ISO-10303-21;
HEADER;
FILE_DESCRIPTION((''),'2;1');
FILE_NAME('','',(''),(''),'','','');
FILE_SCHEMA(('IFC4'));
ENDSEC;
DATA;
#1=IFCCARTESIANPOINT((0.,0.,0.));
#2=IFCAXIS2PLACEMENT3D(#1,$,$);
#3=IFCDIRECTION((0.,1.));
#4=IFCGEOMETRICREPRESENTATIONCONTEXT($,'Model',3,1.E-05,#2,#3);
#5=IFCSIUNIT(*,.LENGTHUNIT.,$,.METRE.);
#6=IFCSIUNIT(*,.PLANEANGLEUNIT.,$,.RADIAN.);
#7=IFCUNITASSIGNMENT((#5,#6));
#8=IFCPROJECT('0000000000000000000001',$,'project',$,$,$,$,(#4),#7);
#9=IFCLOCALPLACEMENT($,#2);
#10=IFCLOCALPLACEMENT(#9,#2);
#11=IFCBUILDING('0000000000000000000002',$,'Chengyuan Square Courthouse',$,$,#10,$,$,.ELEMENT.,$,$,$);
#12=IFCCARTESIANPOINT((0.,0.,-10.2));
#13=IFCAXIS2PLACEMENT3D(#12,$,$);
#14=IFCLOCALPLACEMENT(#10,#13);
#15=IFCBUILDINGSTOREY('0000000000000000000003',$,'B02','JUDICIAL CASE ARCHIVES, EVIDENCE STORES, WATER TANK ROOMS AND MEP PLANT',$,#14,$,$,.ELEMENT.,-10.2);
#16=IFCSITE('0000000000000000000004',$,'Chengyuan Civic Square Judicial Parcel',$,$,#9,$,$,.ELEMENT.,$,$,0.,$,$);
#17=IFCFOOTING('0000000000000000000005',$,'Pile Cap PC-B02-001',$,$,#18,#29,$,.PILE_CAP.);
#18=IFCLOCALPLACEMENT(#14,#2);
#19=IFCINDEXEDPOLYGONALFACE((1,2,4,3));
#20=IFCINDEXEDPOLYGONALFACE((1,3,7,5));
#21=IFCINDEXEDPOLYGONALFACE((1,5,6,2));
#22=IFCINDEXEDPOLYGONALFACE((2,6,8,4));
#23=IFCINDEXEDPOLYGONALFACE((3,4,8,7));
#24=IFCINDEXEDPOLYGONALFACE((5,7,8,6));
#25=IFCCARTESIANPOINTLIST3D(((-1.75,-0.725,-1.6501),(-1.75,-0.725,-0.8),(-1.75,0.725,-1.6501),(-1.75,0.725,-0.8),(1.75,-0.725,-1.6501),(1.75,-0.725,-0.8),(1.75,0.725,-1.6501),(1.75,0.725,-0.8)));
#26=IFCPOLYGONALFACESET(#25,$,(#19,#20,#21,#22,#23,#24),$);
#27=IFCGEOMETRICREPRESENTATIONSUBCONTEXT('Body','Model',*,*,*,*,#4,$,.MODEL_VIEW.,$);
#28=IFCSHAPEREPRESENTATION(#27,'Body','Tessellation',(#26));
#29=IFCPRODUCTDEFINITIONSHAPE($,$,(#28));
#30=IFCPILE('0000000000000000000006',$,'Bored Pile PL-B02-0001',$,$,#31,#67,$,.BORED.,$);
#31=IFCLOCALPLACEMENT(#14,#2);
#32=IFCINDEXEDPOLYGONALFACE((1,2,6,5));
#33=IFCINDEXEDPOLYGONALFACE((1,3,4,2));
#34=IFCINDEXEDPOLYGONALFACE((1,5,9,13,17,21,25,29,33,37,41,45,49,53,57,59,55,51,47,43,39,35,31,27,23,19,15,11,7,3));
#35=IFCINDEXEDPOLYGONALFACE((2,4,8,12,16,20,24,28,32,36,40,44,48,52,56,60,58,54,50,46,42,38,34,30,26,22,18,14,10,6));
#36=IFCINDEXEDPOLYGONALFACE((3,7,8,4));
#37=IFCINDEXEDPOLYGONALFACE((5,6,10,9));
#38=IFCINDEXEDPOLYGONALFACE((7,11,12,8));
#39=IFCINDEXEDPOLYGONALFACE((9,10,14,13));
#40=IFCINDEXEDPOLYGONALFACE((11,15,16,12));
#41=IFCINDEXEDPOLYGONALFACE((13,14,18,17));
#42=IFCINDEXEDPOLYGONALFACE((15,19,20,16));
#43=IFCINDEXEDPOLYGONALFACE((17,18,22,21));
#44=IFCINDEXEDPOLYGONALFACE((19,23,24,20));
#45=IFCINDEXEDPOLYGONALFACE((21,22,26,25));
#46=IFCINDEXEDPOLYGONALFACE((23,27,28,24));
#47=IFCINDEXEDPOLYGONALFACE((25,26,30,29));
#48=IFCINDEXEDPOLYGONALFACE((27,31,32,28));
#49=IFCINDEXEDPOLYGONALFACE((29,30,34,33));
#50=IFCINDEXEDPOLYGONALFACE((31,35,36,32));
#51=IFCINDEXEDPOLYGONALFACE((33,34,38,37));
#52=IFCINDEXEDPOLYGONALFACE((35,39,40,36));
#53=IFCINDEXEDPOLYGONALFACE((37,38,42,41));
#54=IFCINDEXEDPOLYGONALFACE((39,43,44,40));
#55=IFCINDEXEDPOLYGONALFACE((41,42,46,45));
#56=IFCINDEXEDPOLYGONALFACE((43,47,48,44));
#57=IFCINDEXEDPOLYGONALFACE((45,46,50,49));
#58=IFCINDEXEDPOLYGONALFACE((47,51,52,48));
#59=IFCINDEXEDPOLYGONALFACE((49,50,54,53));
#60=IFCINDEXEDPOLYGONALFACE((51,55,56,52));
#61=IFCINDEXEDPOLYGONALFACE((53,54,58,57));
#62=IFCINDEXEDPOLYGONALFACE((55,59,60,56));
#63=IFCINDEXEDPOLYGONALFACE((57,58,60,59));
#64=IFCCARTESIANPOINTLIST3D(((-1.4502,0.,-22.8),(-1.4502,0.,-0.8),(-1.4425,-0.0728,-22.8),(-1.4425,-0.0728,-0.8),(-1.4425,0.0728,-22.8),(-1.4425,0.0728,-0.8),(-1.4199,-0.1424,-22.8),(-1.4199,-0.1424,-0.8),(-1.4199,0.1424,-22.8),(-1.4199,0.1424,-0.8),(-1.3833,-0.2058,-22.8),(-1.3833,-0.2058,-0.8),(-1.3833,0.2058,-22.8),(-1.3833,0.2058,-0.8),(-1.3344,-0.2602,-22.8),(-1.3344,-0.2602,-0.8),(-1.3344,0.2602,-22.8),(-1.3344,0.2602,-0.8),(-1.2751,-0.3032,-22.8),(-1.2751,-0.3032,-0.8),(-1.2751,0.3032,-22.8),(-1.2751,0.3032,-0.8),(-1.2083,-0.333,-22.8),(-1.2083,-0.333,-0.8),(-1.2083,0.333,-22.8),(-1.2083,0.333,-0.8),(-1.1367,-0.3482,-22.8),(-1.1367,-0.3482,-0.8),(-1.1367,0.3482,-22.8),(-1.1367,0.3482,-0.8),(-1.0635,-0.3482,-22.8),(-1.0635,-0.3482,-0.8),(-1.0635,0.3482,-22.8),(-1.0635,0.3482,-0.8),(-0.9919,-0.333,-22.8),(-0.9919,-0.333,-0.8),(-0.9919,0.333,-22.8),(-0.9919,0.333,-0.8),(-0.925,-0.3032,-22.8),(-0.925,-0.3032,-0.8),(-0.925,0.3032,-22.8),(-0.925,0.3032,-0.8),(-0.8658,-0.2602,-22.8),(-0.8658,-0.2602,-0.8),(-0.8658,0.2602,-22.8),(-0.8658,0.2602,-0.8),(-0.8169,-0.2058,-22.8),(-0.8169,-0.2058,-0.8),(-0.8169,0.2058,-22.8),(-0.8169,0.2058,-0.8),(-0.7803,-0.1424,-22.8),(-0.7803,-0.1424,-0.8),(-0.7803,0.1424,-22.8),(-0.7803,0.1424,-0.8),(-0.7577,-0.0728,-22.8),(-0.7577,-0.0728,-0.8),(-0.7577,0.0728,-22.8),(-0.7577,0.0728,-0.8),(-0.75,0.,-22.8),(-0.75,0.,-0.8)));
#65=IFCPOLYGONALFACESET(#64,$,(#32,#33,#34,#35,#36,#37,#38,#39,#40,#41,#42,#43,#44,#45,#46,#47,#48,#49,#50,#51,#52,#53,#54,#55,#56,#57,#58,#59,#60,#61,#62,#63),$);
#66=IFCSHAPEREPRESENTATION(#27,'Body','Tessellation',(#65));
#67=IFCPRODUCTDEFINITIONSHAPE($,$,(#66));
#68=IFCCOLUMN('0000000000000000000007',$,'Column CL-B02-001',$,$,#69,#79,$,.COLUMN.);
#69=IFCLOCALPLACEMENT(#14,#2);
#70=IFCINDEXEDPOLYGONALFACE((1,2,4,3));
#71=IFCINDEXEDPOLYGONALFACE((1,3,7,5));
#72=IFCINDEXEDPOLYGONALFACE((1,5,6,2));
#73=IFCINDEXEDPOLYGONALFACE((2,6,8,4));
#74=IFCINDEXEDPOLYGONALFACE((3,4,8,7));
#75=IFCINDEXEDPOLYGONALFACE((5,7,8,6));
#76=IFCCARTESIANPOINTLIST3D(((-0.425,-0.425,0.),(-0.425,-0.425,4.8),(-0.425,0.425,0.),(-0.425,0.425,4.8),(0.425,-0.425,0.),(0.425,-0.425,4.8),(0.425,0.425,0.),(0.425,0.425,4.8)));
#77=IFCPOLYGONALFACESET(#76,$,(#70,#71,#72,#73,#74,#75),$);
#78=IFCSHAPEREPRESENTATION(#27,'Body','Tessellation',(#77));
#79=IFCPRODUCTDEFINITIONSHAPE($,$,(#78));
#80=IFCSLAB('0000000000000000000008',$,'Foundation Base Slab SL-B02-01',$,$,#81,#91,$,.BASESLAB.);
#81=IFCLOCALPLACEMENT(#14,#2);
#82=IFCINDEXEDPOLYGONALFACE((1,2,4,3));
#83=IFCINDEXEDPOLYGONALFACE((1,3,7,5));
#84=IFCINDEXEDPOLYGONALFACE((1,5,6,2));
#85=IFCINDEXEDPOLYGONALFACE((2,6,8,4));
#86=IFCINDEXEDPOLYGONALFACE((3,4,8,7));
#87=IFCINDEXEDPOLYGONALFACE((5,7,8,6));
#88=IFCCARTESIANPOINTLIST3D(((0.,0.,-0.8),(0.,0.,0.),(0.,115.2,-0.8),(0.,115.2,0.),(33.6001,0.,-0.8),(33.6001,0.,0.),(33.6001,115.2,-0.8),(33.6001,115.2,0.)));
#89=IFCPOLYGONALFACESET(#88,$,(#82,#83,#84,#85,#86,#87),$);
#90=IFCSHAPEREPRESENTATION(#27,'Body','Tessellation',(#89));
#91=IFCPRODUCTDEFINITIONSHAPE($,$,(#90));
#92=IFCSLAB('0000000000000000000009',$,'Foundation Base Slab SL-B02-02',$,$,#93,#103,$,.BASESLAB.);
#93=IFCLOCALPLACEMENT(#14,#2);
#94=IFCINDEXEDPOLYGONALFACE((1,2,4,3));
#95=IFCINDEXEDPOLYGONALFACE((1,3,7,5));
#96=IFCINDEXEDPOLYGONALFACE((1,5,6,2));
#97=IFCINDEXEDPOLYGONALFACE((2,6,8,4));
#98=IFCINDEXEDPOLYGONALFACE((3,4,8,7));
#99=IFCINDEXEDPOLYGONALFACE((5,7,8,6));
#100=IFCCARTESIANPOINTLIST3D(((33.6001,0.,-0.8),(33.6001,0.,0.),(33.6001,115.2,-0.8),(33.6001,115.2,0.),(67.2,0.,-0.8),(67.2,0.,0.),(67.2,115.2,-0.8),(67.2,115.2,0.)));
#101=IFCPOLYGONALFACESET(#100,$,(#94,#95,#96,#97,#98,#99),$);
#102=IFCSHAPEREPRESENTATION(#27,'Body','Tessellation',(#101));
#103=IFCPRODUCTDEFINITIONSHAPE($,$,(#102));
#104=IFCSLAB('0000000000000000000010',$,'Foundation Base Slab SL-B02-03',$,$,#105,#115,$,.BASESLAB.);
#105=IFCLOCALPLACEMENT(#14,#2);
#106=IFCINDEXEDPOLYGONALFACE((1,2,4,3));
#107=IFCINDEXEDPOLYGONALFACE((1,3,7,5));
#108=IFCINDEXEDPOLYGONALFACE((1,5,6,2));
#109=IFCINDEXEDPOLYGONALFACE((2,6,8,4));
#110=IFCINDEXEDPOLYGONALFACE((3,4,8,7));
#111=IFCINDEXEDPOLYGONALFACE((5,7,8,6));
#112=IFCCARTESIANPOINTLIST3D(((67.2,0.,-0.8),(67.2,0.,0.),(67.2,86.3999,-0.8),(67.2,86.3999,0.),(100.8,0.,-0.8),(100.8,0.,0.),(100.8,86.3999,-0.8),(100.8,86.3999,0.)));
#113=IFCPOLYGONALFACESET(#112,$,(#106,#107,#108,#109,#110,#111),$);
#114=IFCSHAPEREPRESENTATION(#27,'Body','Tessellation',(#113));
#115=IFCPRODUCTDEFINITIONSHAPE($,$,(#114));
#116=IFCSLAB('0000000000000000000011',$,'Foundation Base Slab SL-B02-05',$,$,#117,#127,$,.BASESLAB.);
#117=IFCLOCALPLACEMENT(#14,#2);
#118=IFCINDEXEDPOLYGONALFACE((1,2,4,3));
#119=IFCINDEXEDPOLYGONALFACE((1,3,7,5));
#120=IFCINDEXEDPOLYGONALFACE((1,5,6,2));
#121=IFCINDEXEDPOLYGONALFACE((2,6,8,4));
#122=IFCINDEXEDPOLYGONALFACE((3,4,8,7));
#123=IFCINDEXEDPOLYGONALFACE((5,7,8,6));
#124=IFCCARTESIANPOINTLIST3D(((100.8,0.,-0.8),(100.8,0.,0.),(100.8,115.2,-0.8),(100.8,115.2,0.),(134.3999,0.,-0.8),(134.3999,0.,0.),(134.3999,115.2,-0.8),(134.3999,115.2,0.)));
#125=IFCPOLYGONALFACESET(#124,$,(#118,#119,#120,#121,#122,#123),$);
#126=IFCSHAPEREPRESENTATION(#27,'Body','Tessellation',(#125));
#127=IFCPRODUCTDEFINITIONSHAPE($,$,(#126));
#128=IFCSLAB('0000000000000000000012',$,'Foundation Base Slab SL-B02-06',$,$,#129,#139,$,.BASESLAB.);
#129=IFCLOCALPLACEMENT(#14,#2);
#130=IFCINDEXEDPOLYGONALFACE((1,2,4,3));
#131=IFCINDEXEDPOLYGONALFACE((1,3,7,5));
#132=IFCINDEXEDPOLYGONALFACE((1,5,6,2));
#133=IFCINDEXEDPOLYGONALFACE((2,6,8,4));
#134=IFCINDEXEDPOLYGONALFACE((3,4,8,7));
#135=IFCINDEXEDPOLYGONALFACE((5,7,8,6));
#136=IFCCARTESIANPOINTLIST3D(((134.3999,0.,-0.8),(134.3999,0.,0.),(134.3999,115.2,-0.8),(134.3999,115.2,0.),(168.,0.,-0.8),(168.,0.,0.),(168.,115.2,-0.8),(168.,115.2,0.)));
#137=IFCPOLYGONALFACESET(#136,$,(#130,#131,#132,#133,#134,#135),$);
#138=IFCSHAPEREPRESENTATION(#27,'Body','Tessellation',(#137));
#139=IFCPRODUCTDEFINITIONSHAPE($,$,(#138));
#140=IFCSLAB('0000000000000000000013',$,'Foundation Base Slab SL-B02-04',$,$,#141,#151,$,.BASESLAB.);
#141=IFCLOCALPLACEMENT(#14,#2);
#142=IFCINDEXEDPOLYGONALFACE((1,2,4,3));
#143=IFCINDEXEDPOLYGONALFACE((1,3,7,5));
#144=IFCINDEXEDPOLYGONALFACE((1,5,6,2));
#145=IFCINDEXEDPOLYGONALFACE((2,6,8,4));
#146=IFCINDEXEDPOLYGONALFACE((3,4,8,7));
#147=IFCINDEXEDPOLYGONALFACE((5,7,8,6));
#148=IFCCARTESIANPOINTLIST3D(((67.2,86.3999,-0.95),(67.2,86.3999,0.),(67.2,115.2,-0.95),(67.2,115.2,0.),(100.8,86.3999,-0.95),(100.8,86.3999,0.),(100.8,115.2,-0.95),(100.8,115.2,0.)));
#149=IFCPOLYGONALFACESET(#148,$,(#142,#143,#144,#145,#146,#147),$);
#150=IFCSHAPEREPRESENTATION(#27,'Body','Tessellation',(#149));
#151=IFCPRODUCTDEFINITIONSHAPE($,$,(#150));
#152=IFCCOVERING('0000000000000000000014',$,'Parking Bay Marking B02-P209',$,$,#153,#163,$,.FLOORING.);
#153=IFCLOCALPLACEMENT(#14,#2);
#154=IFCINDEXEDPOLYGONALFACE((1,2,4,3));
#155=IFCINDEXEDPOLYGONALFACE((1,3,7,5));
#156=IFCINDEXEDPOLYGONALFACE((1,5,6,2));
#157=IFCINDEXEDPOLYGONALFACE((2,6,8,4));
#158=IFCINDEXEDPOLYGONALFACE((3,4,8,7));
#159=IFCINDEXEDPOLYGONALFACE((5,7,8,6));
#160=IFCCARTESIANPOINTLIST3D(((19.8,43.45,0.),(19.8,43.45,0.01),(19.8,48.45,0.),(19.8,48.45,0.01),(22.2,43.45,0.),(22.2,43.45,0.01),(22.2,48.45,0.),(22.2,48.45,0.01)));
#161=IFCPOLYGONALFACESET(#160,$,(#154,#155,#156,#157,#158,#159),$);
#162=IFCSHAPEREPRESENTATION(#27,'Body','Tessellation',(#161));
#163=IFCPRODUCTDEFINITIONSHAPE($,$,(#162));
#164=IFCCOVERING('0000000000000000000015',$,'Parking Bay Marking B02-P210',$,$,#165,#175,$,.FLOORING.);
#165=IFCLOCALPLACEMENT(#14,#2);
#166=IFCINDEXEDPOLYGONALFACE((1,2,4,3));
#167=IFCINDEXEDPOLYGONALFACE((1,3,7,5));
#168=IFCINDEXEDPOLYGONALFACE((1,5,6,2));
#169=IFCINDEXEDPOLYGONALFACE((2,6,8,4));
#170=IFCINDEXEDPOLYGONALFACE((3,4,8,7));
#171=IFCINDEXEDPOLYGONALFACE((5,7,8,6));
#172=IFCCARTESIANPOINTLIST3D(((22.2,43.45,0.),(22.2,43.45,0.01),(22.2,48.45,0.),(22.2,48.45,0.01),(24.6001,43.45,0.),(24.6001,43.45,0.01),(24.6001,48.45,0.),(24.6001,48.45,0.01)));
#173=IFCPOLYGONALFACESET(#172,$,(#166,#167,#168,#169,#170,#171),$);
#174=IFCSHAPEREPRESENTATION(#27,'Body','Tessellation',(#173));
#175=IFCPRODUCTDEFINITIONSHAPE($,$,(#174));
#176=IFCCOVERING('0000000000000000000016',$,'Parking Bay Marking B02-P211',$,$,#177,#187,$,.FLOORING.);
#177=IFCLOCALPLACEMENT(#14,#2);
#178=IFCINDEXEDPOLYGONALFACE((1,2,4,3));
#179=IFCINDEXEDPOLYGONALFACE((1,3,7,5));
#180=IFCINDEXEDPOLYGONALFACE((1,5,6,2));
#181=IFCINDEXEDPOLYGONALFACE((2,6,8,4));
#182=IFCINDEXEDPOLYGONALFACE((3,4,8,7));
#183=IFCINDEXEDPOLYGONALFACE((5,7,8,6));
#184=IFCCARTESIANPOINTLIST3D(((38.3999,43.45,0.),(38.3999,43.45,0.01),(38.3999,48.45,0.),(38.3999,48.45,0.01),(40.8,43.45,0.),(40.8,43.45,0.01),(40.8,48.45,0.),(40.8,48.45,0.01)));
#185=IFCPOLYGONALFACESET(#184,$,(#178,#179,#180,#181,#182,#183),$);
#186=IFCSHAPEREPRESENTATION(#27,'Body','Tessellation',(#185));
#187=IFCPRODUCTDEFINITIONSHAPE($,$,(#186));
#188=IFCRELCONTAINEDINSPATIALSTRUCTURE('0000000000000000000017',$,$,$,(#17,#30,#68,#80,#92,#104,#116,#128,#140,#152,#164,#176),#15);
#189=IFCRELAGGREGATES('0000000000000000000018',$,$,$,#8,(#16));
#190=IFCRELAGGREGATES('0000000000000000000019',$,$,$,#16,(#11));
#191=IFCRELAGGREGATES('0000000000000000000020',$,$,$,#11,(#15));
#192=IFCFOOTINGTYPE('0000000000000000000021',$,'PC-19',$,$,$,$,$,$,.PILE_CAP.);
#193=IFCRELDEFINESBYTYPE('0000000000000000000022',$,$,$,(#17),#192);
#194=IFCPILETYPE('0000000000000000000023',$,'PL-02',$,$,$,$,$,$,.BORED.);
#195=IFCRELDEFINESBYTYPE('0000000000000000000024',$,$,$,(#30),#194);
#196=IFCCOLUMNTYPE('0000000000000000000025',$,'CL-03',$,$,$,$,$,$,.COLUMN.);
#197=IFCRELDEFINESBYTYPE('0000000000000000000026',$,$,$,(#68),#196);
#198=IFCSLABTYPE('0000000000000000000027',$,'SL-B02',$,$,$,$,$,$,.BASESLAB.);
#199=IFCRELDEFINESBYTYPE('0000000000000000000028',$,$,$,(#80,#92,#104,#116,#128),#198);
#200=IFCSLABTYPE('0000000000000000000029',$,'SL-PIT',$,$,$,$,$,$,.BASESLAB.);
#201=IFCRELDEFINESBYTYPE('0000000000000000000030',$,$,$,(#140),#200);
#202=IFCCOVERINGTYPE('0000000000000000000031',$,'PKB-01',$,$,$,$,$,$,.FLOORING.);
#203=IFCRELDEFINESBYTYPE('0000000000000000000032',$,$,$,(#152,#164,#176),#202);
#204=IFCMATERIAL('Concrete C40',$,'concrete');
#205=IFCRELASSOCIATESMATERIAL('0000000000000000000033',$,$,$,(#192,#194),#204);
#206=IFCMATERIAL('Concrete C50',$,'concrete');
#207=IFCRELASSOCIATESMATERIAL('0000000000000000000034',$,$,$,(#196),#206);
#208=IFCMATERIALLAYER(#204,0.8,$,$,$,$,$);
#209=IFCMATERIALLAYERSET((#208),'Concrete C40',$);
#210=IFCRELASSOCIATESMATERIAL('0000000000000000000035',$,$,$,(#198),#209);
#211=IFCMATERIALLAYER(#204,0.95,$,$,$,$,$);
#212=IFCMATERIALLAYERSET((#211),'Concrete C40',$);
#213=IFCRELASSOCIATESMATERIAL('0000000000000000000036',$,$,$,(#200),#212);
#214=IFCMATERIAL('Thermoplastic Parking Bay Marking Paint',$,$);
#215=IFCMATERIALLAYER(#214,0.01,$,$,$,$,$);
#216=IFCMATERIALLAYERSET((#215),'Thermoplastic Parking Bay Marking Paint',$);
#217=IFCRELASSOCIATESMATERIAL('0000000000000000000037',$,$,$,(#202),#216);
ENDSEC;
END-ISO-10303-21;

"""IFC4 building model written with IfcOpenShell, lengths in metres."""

from ifc_helpers import new_model, si_unit, direction, frame, origin, origin_with_axes, origin_2d, place, context, subcontext, project, spatial, polyline, rectangle, circle, outline, extrude, material, layer, layer_set, material_profile, profile_set, type_object, element, save


model = new_model("IFC4")

# Units and contexts
model_context = context("Model", 3, precision=1e-05, world=origin(), true_north=direction((0.0, 1.0)))
body_context = subcontext(model_context, "Body", "Model", "MODEL_VIEW")
ifc_project = project(units=[si_unit("LENGTHUNIT", "METRE"), si_unit("PLANEANGLEUNIT", "RADIAN")], contexts=[model_context])

# Site, building, storey
site_placement = place(None, origin())
site = spatial("IfcSite", under=ifc_project, at=site_placement, Name="Chengyuan Civic Square Judicial Parcel", CompositionType="ELEMENT", RefElevation=0.0)
building_placement = place(site_placement, origin())
building = spatial("IfcBuilding", under=site, at=building_placement, Name="Chengyuan Square Courthouse", CompositionType="ELEMENT")
storey_placement = place(building_placement, frame((0.0, 0.0, -10.2)))
storey = spatial("IfcBuildingStorey", under=building, at=storey_placement, Name="B02", Description="JUDICIAL CASE ARCHIVES, EVIDENCE STORES, WATER TANK ROOMS AND MEP PLANT", CompositionType="ELEMENT", Elevation=-10.2)

# Footing
ifc_material_1 = material(Name="Concrete C40", Category="concrete")
footing_type = type_object("IfcFootingType", Name="PC-19", PredefinedType="PILE_CAP", material=ifc_material_1)
footing_placement = place(storey_placement, frame((0.0, 0.0, -1.6501), z_axis=(0.0, 0.0, 1.0), x_axis=(1.0, 0.0, 0.0)))
element("IfcFooting", 1, at=footing_placement, inside=storey, type_object=footing_type, Name="Pile Cap PC-B02-001", PredefinedType="PILE_CAP", context=body_context, shape_type="SweptSolid", body=[
    extrude(rectangle(XDim=3.5, YDim=1.45, at=origin_2d()), origin(), (0.0, 0.0, 1.0), 0.8501),
])

# Pile
ifc_material_profile_1 = material_profile(ifc_material_1, circle(Radius=0.3501, at=origin_2d()), Name="BORED PILE D700")
ifc_profile_set_1 = profile_set([ifc_material_profile_1], Name="Concrete C40")
pile_type = type_object("IfcPileType", Name="PL-02", PredefinedType="BORED", material=ifc_profile_set_1)
pile_placement = place(storey_placement, frame((-1.1001, 0.0, -0.8), z_axis=(0.0, 0.0, -1.0), x_axis=(1.0, 0.0, 0.0)))
element("IfcPile", 2, at=pile_placement, inside=storey, type_object=pile_type, Name="Bored Pile PL-B02-0001", PredefinedType="BORED", context=body_context, shape_type="SweptSolid", body=[
    extrude(circle(Radius=0.3501, at=origin_2d()), origin(), (0.0, 0.0, 1.0), 22.0),
])

# Column
ifc_material_2 = material(Name="Concrete C50", Category="concrete")
ifc_material_profile_2 = material_profile(ifc_material_2, rectangle(XDim=0.8501, YDim=0.8501, at=origin_2d()), Name="RC-COL-850x850")
ifc_profile_set_2 = profile_set([ifc_material_profile_2], Name="Concrete C50")
column_type = type_object("IfcColumnType", Name="CL-03", PredefinedType="COLUMN", material=ifc_profile_set_2)
column_placement = place(storey_placement, origin_with_axes())
element("IfcColumn", 3, at=column_placement, inside=storey, type_object=column_type, Name="Column CL-B02-001", PredefinedType="COLUMN", context=body_context, shape_type="SweptSolid", body=[
    extrude(rectangle(XDim=0.8501, YDim=0.8501, at=origin_2d()), origin(), (0.0, 0.0, 1.0), 4.8),
])

# Slabs
ifc_layer_1 = layer(ifc_material_1, 0.8)
ifc_layer_set_1 = layer_set([ifc_layer_1], Name="Concrete C40")
slab_type_1 = type_object("IfcSlabType", Name="SL-B02", PredefinedType="BASESLAB", material=ifc_layer_set_1)
slab_1_placement = place(storey_placement, frame((0.0, 0.0, -0.8)))
element("IfcSlab", 4, at=slab_1_placement, inside=storey, type_object=slab_type_1, Name="Foundation Base Slab SL-B02-01", PredefinedType="BASESLAB", context=body_context, shape_type="SweptSolid", body=[
    extrude(outline(polyline([(0.0, 0.0), (33.6001, 0.0), (33.6001, 115.2), (0.0, 115.2), (0.0, 0.0)])), origin(), (0.0, 0.0, 1.0), 0.8),
])
slab_2_placement = place(storey_placement, frame((0.0, 0.0, -0.8)))
element("IfcSlab", 5, at=slab_2_placement, inside=storey, type_object=slab_type_1, Name="Foundation Base Slab SL-B02-02", PredefinedType="BASESLAB", context=body_context, shape_type="SweptSolid", body=[
    extrude(outline(polyline([(33.6001, 0.0), (67.2, 0.0), (67.2, 115.2), (33.6001, 115.2), (33.6001, 0.0)])), origin(), (0.0, 0.0, 1.0), 0.8),
])
slab_3_placement = place(storey_placement, frame((0.0, 0.0, -0.8)))
element("IfcSlab", 6, at=slab_3_placement, inside=storey, type_object=slab_type_1, Name="Foundation Base Slab SL-B02-03", PredefinedType="BASESLAB", context=body_context, shape_type="SweptSolid", body=[
    extrude(outline(polyline([(67.2, 0.0), (100.8, 0.0), (100.8, 86.3999), (67.2, 86.3999), (67.2, 0.0)])), origin(), (0.0, 0.0, 1.0), 0.8),
])
slab_4_placement = place(storey_placement, frame((0.0, 0.0, -0.8)))
element("IfcSlab", 7, at=slab_4_placement, inside=storey, type_object=slab_type_1, Name="Foundation Base Slab SL-B02-05", PredefinedType="BASESLAB", context=body_context, shape_type="SweptSolid", body=[
    extrude(outline(polyline([(100.8, 0.0), (134.3999, 0.0), (134.3999, 115.2), (100.8, 115.2), (100.8, 0.0)])), origin(), (0.0, 0.0, 1.0), 0.8),
])
slab_5_placement = place(storey_placement, frame((0.0, 0.0, -0.8)))
element("IfcSlab", 8, at=slab_5_placement, inside=storey, type_object=slab_type_1, Name="Foundation Base Slab SL-B02-06", PredefinedType="BASESLAB", context=body_context, shape_type="SweptSolid", body=[
    extrude(outline(polyline([(134.3999, 0.0), (168.0, 0.0), (168.0, 115.2), (134.3999, 115.2), (134.3999, 0.0)])), origin(), (0.0, 0.0, 1.0), 0.8),
])
ifc_layer_2 = layer(ifc_material_1, 0.95)
ifc_layer_set_2 = layer_set([ifc_layer_2], Name="Concrete C40")
slab_type_2 = type_object("IfcSlabType", Name="SL-PIT", PredefinedType="BASESLAB", material=ifc_layer_set_2)
slab_6_placement = place(storey_placement, frame((0.0, 0.0, -0.95)))
element("IfcSlab", 9, at=slab_6_placement, inside=storey, type_object=slab_type_2, Name="Foundation Base Slab SL-B02-04", PredefinedType="BASESLAB", context=body_context, shape_type="SweptSolid", body=[
    extrude(outline(polyline([(67.2, 86.3999), (100.8, 86.3999), (100.8, 115.2), (67.2, 115.2), (67.2, 86.3999)])), origin(), (0.0, 0.0, 1.0), 0.95),
])

# Coverings
ifc_material_3 = material(Name="Thermoplastic Parking Bay Marking Paint")
ifc_layer_3 = layer(ifc_material_3, 0.01)
ifc_layer_set_3 = layer_set([ifc_layer_3], Name="Thermoplastic Parking Bay Marking Paint")
covering_type_1 = type_object("IfcCoveringType", Name="PKB-01", PredefinedType="FLOORING", material=ifc_layer_set_3)
covering_1_placement = place(storey_placement, origin())
element("IfcCovering", 10, at=covering_1_placement, inside=storey, type_object=covering_type_1, Name="Parking Bay Marking B02-P209", PredefinedType="FLOORING", context=body_context, shape_type="SweptSolid", body=[
    extrude(outline(polyline([(19.8, 43.45), (22.2, 43.45), (22.2, 48.45), (19.8, 48.45), (19.8, 43.45)])), origin(), (0.0, 0.0, 1.0), 0.01),
])
covering_2_placement = place(storey_placement, origin())
element("IfcCovering", 11, at=covering_2_placement, inside=storey, type_object=covering_type_1, Name="Parking Bay Marking B02-P210", PredefinedType="FLOORING", context=body_context, shape_type="SweptSolid", body=[
    extrude(outline(polyline([(22.2, 43.45), (24.6001, 43.45), (24.6001, 48.45), (22.2, 48.45), (22.2, 43.45)])), origin(), (0.0, 0.0, 1.0), 0.01),
])
covering_3_placement = place(storey_placement, origin())
element("IfcCovering", 12, at=covering_3_placement, inside=storey, type_object=covering_type_1, Name="Parking Bay Marking B02-P211", PredefinedType="FLOORING", context=body_context, shape_type="SweptSolid", body=[
    extrude(outline(polyline([(38.3999, 43.45), (40.8, 43.45), (40.8, 48.45), (38.3999, 48.45), (38.3999, 43.45)])), origin(), (0.0, 0.0, 1.0), 0.01),
])

save(model, "model.ifc")
